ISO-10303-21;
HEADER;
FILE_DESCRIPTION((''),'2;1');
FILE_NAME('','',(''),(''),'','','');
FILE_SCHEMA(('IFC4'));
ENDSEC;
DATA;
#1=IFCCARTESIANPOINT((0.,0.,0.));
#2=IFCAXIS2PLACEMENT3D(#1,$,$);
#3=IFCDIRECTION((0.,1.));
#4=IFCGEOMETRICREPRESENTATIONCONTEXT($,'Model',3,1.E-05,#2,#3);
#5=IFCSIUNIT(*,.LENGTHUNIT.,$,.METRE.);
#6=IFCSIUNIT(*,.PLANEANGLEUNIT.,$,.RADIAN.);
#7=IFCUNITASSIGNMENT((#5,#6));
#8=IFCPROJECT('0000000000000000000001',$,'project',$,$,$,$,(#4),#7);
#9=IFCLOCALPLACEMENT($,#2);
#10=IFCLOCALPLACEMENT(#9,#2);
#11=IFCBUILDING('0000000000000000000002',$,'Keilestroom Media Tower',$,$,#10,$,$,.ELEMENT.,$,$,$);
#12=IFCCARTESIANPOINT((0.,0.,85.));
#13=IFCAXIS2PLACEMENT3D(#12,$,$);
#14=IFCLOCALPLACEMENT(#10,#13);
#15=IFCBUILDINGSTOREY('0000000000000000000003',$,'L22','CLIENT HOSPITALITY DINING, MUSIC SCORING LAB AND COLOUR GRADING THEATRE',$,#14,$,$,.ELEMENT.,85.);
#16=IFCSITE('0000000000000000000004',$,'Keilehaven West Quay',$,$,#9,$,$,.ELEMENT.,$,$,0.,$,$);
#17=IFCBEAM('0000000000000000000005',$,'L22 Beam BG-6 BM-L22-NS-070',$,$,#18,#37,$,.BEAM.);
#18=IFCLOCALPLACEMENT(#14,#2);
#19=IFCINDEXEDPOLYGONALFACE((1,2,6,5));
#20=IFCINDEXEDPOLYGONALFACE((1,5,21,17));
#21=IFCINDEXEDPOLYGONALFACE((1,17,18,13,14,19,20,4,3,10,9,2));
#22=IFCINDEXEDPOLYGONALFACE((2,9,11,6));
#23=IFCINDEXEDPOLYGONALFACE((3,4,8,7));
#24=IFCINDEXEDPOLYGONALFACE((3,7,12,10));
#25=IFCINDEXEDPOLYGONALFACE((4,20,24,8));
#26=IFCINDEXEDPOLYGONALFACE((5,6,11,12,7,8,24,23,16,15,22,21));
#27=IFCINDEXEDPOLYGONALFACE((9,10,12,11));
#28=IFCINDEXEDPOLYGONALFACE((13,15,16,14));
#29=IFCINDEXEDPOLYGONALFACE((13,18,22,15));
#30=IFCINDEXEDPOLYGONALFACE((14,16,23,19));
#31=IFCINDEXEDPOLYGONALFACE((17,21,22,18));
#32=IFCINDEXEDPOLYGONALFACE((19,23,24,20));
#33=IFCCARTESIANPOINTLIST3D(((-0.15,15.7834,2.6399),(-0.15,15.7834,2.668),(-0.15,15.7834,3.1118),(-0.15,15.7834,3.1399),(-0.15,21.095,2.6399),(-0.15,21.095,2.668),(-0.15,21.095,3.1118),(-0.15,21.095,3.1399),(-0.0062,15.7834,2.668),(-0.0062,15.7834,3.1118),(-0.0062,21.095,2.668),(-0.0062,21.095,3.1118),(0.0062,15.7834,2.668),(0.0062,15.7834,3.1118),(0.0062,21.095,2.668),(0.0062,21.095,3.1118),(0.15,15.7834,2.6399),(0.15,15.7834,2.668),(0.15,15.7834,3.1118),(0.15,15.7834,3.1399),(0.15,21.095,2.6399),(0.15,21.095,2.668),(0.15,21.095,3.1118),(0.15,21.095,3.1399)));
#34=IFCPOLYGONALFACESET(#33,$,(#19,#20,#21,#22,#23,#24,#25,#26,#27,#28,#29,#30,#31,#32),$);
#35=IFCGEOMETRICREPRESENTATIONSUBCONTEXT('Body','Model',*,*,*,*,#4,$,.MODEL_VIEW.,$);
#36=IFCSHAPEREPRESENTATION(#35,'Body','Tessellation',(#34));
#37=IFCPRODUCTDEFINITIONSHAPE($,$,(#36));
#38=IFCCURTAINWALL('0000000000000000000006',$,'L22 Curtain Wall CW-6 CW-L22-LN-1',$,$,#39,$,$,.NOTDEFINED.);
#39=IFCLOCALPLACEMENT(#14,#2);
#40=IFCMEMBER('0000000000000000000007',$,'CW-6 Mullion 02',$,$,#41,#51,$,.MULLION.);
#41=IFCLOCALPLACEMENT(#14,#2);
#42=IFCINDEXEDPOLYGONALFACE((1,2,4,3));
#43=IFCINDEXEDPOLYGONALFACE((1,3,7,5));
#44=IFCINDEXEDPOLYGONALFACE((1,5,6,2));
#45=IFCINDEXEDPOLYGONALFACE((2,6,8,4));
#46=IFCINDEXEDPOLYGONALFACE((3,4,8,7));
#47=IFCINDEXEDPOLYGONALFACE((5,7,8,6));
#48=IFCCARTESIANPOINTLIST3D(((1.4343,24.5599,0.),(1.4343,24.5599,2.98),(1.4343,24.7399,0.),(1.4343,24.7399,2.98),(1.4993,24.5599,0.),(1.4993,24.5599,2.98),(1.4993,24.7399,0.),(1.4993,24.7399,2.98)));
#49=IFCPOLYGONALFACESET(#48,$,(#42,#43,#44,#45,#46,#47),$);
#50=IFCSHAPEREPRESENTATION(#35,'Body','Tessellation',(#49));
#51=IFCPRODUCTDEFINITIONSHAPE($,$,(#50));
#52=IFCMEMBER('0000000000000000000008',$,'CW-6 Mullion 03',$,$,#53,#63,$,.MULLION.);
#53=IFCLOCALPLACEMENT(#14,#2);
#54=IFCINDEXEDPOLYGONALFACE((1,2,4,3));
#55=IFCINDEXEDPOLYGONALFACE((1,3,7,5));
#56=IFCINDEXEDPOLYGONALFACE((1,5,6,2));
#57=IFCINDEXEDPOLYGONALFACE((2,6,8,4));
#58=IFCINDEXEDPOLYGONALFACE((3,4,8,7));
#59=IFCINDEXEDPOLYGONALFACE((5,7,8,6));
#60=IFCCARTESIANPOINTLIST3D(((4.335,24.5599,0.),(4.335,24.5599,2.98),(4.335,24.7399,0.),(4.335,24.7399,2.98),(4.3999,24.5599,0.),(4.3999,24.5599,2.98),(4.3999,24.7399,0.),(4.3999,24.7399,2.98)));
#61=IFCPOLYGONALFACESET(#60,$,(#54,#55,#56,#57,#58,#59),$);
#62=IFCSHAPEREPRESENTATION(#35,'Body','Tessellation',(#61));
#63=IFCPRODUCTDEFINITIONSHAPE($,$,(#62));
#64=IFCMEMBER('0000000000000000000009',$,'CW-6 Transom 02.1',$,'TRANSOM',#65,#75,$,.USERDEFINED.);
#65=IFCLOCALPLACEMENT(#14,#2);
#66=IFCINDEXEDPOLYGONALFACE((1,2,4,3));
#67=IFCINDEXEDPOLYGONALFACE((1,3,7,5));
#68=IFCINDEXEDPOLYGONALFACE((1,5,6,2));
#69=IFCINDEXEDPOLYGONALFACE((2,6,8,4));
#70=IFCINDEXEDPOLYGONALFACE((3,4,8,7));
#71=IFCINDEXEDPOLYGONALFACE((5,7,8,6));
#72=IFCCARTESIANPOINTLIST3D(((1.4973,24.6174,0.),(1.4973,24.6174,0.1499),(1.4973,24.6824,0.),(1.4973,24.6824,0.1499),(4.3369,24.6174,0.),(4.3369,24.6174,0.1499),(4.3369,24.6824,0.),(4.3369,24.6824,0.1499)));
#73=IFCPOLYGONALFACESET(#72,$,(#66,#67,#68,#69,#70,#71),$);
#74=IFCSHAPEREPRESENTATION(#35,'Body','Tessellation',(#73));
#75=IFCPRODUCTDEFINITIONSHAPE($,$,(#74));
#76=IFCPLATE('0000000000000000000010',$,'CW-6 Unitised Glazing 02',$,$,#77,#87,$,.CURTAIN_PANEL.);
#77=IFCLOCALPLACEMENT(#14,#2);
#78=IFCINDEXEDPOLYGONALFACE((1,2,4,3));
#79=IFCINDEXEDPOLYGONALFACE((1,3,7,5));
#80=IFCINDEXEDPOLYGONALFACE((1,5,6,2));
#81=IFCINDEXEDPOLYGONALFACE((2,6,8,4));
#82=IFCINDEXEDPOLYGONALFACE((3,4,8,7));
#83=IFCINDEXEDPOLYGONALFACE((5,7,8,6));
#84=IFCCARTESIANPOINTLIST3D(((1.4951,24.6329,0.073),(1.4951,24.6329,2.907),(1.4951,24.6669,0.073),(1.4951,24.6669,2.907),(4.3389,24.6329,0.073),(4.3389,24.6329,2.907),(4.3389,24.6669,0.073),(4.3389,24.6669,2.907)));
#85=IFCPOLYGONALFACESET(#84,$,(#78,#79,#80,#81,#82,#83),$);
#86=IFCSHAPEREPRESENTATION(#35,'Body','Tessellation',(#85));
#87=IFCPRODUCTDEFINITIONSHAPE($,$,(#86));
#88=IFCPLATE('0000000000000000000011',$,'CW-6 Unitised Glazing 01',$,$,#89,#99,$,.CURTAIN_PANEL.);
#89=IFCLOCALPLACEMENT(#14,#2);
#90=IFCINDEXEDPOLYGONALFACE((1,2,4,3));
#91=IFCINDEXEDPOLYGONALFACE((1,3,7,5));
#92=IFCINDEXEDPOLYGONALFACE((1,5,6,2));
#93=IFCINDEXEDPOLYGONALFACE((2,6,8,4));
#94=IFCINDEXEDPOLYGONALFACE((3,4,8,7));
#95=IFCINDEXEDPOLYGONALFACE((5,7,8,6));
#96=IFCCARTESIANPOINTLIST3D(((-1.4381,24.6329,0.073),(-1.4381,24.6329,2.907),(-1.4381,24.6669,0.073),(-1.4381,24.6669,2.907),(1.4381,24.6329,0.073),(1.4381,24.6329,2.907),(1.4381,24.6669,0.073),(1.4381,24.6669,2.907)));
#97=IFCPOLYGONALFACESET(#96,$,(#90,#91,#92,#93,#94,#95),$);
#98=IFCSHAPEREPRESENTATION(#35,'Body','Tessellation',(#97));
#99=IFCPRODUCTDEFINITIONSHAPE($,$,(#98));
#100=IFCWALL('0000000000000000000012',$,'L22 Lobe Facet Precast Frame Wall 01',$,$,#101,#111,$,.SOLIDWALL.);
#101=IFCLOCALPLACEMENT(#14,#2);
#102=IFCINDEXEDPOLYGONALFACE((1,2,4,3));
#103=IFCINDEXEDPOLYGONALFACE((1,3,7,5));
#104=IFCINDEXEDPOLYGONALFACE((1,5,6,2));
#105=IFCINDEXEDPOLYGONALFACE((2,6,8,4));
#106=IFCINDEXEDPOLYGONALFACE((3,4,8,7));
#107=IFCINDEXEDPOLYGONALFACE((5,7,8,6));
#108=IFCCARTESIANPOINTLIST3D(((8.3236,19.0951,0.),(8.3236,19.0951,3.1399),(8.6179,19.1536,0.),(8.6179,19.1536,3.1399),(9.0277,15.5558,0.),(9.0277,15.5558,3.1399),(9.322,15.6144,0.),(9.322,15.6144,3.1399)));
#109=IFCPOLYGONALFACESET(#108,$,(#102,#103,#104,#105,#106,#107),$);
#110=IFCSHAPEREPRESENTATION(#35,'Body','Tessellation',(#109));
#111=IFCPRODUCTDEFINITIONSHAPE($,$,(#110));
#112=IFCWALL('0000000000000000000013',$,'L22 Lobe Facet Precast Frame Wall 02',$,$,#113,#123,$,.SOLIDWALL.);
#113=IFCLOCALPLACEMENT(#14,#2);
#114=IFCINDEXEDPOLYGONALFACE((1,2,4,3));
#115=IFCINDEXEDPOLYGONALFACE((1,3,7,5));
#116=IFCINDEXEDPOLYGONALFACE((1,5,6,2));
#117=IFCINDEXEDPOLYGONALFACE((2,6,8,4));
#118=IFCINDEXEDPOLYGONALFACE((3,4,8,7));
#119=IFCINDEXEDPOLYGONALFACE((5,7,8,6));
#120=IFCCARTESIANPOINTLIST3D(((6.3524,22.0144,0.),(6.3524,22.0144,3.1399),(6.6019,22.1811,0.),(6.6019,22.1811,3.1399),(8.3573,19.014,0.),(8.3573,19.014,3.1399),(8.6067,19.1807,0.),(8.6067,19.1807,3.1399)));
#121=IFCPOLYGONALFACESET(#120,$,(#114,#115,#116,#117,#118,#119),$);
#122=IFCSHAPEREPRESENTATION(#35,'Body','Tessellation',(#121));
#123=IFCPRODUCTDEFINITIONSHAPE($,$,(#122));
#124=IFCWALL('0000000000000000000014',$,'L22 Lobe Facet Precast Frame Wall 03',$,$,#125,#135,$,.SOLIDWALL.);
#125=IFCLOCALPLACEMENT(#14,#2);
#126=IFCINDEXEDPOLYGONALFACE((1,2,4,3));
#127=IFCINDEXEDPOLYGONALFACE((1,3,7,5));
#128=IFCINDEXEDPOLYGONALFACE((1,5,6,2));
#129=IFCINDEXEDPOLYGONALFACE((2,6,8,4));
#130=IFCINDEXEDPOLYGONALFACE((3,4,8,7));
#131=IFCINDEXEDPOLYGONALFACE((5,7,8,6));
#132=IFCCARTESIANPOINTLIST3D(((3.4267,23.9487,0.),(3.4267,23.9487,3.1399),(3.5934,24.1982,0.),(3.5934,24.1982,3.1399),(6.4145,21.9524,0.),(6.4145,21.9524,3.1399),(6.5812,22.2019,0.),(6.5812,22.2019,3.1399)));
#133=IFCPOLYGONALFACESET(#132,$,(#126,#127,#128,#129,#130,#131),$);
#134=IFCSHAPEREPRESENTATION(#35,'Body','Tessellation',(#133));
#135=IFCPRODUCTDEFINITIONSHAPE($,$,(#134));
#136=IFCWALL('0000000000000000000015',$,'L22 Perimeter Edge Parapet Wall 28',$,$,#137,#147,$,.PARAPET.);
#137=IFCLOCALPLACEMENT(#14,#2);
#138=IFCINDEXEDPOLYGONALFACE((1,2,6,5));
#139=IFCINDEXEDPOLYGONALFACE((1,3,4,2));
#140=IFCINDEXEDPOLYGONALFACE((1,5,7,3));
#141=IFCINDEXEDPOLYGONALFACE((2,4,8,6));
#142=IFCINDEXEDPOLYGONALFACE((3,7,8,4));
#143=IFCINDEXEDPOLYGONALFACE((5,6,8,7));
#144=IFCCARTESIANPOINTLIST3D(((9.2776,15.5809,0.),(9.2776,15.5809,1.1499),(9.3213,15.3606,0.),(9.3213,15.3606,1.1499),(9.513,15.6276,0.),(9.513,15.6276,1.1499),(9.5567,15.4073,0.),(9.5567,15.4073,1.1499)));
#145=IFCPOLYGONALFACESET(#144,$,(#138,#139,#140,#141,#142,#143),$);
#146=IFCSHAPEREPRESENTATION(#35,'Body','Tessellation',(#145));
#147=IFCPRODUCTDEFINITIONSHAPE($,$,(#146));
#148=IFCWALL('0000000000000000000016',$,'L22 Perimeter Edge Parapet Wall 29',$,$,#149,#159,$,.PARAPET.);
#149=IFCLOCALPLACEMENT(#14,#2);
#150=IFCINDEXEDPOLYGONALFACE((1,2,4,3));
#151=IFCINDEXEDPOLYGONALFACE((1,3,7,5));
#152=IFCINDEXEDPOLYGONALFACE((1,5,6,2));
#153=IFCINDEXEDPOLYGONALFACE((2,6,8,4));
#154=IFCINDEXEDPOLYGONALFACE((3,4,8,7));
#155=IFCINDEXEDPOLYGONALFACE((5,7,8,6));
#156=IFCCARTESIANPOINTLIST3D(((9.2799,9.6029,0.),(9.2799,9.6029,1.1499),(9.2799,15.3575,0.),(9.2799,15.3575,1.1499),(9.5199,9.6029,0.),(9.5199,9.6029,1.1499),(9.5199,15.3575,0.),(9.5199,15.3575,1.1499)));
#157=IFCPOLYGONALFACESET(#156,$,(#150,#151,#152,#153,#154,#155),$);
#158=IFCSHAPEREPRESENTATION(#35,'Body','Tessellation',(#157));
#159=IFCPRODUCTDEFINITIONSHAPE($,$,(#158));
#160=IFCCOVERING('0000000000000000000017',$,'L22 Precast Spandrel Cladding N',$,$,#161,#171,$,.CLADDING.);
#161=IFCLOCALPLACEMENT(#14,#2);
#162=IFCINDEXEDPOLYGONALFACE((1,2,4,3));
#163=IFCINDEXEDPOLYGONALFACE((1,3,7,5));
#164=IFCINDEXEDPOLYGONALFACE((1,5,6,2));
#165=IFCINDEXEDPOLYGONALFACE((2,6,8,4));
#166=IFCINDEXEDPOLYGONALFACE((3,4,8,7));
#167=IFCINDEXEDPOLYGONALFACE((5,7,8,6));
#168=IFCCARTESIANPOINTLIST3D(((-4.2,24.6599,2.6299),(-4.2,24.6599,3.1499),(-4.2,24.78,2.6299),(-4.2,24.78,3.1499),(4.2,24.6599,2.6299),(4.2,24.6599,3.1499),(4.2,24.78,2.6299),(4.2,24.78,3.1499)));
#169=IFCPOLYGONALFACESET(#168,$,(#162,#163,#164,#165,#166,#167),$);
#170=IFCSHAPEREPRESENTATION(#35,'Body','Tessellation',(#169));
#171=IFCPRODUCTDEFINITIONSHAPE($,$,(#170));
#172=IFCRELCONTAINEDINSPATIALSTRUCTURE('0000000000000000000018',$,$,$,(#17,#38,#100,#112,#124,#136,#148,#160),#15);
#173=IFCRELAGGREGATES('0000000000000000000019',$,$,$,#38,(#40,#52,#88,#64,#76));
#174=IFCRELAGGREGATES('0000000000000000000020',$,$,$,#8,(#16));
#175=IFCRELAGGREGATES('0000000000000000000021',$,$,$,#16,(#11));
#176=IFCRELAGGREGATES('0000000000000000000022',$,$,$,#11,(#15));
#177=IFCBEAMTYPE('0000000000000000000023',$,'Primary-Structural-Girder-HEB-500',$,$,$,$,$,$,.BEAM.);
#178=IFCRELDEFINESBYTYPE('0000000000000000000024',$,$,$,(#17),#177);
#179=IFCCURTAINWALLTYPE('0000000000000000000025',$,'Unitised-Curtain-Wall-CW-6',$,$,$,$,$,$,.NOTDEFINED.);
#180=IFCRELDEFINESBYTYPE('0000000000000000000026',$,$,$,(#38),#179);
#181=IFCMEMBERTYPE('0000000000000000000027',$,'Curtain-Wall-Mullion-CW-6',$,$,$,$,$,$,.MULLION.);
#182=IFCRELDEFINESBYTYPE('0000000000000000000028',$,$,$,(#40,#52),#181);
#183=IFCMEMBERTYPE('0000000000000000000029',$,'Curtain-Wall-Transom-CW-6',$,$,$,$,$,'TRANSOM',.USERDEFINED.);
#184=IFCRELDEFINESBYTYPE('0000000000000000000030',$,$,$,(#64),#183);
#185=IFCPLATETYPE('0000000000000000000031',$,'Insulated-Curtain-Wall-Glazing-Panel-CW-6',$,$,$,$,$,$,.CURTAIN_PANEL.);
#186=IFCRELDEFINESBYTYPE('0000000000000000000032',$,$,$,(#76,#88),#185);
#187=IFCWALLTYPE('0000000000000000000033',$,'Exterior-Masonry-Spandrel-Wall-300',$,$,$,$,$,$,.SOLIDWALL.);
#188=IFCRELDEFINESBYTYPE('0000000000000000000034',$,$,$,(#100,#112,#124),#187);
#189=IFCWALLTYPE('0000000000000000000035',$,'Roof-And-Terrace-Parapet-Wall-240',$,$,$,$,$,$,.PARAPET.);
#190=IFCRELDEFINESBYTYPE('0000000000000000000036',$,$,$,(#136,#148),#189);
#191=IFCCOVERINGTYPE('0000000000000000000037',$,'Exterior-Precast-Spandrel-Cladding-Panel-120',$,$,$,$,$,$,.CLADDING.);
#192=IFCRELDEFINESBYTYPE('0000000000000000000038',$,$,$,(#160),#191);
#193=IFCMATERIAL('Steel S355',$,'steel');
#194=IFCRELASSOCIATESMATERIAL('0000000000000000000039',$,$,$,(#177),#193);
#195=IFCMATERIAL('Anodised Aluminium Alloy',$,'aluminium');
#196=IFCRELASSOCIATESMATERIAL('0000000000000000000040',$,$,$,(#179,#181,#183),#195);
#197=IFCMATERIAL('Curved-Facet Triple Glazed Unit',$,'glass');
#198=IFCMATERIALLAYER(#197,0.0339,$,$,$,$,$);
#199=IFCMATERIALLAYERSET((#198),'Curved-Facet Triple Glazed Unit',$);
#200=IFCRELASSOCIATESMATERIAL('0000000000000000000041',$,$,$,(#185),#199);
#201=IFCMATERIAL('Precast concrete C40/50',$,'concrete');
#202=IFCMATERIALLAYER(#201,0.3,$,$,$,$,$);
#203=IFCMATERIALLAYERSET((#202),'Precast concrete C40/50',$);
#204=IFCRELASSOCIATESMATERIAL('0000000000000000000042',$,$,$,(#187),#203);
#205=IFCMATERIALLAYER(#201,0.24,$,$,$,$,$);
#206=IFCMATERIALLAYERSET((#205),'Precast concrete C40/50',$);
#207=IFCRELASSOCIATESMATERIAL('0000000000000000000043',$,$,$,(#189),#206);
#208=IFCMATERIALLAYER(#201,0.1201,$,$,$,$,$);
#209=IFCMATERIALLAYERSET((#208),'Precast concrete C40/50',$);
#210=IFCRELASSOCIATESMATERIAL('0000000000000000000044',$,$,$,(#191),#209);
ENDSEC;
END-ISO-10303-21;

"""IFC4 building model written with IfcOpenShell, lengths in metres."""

from ifc_helpers import new_model, si_unit, direction, frame, frame_2d, origin, origin_2d, place, context, subcontext, project, spatial, rectangle, i_section, extrude, source, transform, mapped, material, layer, layer_set, material_profile, profile_set, type_object, element, aggregate, save


model = new_model("IFC4")

# Units and contexts
model_context = context("Model", 3, precision=1e-05, world=origin(), true_north=direction((0.0, 1.0)))
body_context = subcontext(model_context, "Body", "Model", "MODEL_VIEW")
ifc_project = project(units=[si_unit("LENGTHUNIT", "METRE"), si_unit("PLANEANGLEUNIT", "RADIAN")], contexts=[model_context])

# Site, building, storey
site_placement = place(None, origin())
site = spatial("IfcSite", under=ifc_project, at=site_placement, Name="Keilehaven West Quay", CompositionType="ELEMENT", RefElevation=0.0)
building_placement = place(site_placement, origin())
building = spatial("IfcBuilding", under=site, at=building_placement, Name="Keilestroom Media Tower", CompositionType="ELEMENT")
storey_placement = place(building_placement, frame((0.0, 0.0, 85.0)))
storey = spatial("IfcBuildingStorey", under=building, at=storey_placement, Name="L22", Description="CLIENT HOSPITALITY DINING, MUSIC SCORING LAB AND COLOUR GRADING THEATRE", CompositionType="ELEMENT", Elevation=85.0)

# Beam
ifc_material_1 = material(Name="Steel S355", Category="steel")
ifc_material_profile_1 = material_profile(ifc_material_1, i_section(OverallWidth=0.3, OverallDepth=0.5, WebThickness=0.0125, FlangeThickness=0.0281, at=origin_2d()), Name="HEB 500")
ifc_profile_set_1 = profile_set([ifc_material_profile_1], Name="Steel S355")
beam_type_1 = type_object("IfcBeamType", Name="Primary-Structural-Girder-HEB-500", PredefinedType="BEAM", material=ifc_profile_set_1)
shared_shape_1 = source(origin(), body_context, "Body", "SweptSolid", [
    extrude(i_section(OverallWidth=0.3, OverallDepth=0.5, WebThickness=0.0125, FlangeThickness=0.0281, at=origin_2d()), origin(), (0.0, 0.0, 1.0), 5.3115),
])
beam_1_placement = place(storey_placement, frame((0.0, 15.7834, 2.8899), z_axis=(0.0, 1.0, 0.0), x_axis=(-1.0, 0.0, 0.0)))
element("IfcBeam", 1, at=beam_1_placement, inside=storey, type_object=beam_type_1, Name="L22 Beam BG-6 BM-L22-NS-070", PredefinedType="BEAM", context=body_context, shape_type="MappedRepresentation", body=[
    mapped(shared_shape_1, transform((0.0, 0.0, 0.0), x_axis=(1.0, 0.0, 0.0), y_axis=(0.0, 1.0, 0.0), z_axis=(0.0, 0.0, 1.0), scale=1.0)),
])

# Curtain wall, members, plates
ifc_material_2 = material(Name="Anodised Aluminium Alloy", Category="aluminium")
curtain_wall_type = type_object("IfcCurtainWallType", Name="Unitised-Curtain-Wall-CW-6", PredefinedType="NOTDEFINED", material=ifc_material_2)
curtain_wall_placement = place(storey_placement, origin())
curtain_wall = element("IfcCurtainWall", 2, at=curtain_wall_placement, inside=storey, type_object=curtain_wall_type, Name="L22 Curtain Wall CW-6 CW-L22-LN-1", PredefinedType="NOTDEFINED")
ifc_material_profile_2 = material_profile(ifc_material_2, rectangle(XDim=0.0649, YDim=0.1799, at=origin_2d()), Name="ALU MULLION 65x180")
ifc_profile_set_2 = profile_set([ifc_material_profile_2], Name="Anodised Aluminium Alloy")
member_type_1 = type_object("IfcMemberType", Name="Curtain-Wall-Mullion-CW-6", PredefinedType="MULLION", material=ifc_profile_set_2)
shared_shape_2 = source(origin(), body_context, "Body", "SweptSolid", [
    extrude(rectangle(XDim=0.0649, YDim=0.1799, at=origin_2d()), origin(), (0.0, 0.0, 1.0), 2.98),
])
member_1_placement = place(storey_placement, frame((1.4668, 24.6499, 0.0), z_axis=(0.0, 0.0, 1.0), x_axis=(1.0, 0.0, 0.0)))
member_1 = element("IfcMember", 3, at=member_1_placement, type_object=member_type_1, Name="CW-6 Mullion 02", PredefinedType="MULLION", context=body_context, shape_type="MappedRepresentation", body=[
    mapped(shared_shape_2, transform((0.0, 0.0, 0.0), x_axis=(1.0, 0.0, 0.0), y_axis=(0.0, 1.0, 0.0), z_axis=(0.0, 0.0, 1.0), scale=1.0)),
])
member_2_placement = place(storey_placement, frame((4.3674, 24.6499, 0.0), z_axis=(0.0, 0.0, 1.0), x_axis=(1.0, 0.0, 0.0)))
member_2 = element("IfcMember", 4, at=member_2_placement, type_object=member_type_1, Name="CW-6 Mullion 03", PredefinedType="MULLION", context=body_context, shape_type="MappedRepresentation", body=[
    mapped(shared_shape_2, transform((0.0, 0.0, 0.0), x_axis=(1.0, 0.0, 0.0), y_axis=(0.0, 1.0, 0.0), z_axis=(0.0, 0.0, 1.0), scale=1.0)),
])
ifc_material_profile_3 = material_profile(ifc_material_2, rectangle(XDim=0.0649, YDim=0.1499, at=origin_2d()), Name="ALU TRANSOM 65x150")
ifc_profile_set_3 = profile_set([ifc_material_profile_3], Name="Anodised Aluminium Alloy")
member_type_2 = type_object("IfcMemberType", Name="Curtain-Wall-Transom-CW-6", ElementType="TRANSOM", PredefinedType="USERDEFINED", material=ifc_profile_set_3)
shared_shape_3 = source(origin(), body_context, "Body", "SweptSolid", [
    extrude(rectangle(XDim=0.0649, YDim=0.1499, at=origin_2d()), origin(), (0.0, 0.0, 1.0), 2.8396),
])
member_3_placement = place(storey_placement, frame((1.4973, 24.6499, 0.075), z_axis=(1.0, 0.0, 0.0), x_axis=(0.0, 1.0, 0.0)))
member_3 = element("IfcMember", 5, at=member_3_placement, type_object=member_type_2, Name="CW-6 Transom 02.1", ObjectType="TRANSOM", PredefinedType="USERDEFINED", context=body_context, shape_type="MappedRepresentation", body=[
    mapped(shared_shape_3, transform((0.0, 0.0, 0.0), x_axis=(1.0, 0.0, 0.0), y_axis=(0.0, 1.0, 0.0), z_axis=(0.0, 0.0, 1.0), scale=1.0)),
])
ifc_material_3 = material(Name="Curved-Facet Triple Glazed Unit", Category="glass")
ifc_layer_1 = layer(ifc_material_3, 0.0339)
ifc_layer_set_1 = layer_set([ifc_layer_1], Name="Curved-Facet Triple Glazed Unit")
plate_type = type_object("IfcPlateType", Name="Insulated-Curtain-Wall-Glazing-Panel-CW-6", PredefinedType="CURTAIN_PANEL", material=ifc_layer_set_1)
shared_shape_4 = source(origin(), body_context, "Body", "SweptSolid", [
    extrude(rectangle(XDim=2.8438, YDim=0.0339, at=origin_2d()), origin(), (0.0, 0.0, 1.0), 2.834),
])
plate_1_placement = place(storey_placement, frame((2.917, 24.6499, 0.073), z_axis=(0.0, 0.0, 1.0), x_axis=(1.0, 0.0, 0.0)))
plate_1 = element("IfcPlate", 6, at=plate_1_placement, type_object=plate_type, Name="CW-6 Unitised Glazing 02", PredefinedType="CURTAIN_PANEL", context=body_context, shape_type="MappedRepresentation", body=[
    mapped(shared_shape_4, transform((0.0, 0.0, 0.0), x_axis=(1.0, 0.0, 0.0), y_axis=(0.0, 1.0, 0.0), z_axis=(0.0, 0.0, 1.0), scale=1.0)),
])
shared_shape_5 = source(origin(), body_context, "Body", "SweptSolid", [
    extrude(rectangle(XDim=2.8762, YDim=0.0339, at=origin_2d()), origin(), (0.0, 0.0, 1.0), 2.834),
])
plate_2_placement = place(storey_placement, frame((0.0, 24.6499, 0.073), z_axis=(0.0, 0.0, 1.0), x_axis=(1.0, 0.0, 0.0)))
plate_2 = element("IfcPlate", 7, at=plate_2_placement, type_object=plate_type, Name="CW-6 Unitised Glazing 01", PredefinedType="CURTAIN_PANEL", context=body_context, shape_type="MappedRepresentation", body=[
    mapped(shared_shape_5, transform((0.0, 0.0, 0.0), x_axis=(1.0, 0.0, 0.0), y_axis=(0.0, 1.0, 0.0), z_axis=(0.0, 0.0, 1.0), scale=1.0)),
])
aggregate(curtain_wall, [member_1, member_2, plate_2, member_3, plate_1])

# Walls
ifc_material_4 = material(Name="Precast concrete C40/50", Category="concrete")
ifc_layer_2 = layer(ifc_material_4, 0.3)
ifc_layer_set_2 = layer_set([ifc_layer_2], Name="Precast concrete C40/50")
wall_type_1 = type_object("IfcWallType", Name="Exterior-Masonry-Spandrel-Wall-300", PredefinedType="SOLIDWALL", material=ifc_layer_set_2)
for number, where, z_axis, x_axis, name in (
    (8, (9.1748, 15.5852, 0.0), (0.0, 0.0, 1.0), (-0.195114, 0.980781, 0.0), "L22 Lobe Facet Precast Frame Wall 01"),
    (9, (8.4819, 19.0974, 0.0), (0.0, 0.0, 1.0), (-0.555574, 0.831467, 0.0), "L22 Lobe Facet Precast Frame Wall 02"),
):
    element("IfcWall", number, at=place(storey_placement, frame(where, z_axis=z_axis, x_axis=x_axis)), inside=storey, type_object=wall_type_1, Name=name, PredefinedType="SOLIDWALL", context=body_context, shape_type="SweptSolid", body=[
        extrude(rectangle(XDim=3.6086, YDim=0.3, at=frame_2d((1.8042, 0.0))), origin(), (0.0, 0.0, 1.0), 3.1399),
    ])
wall_1_placement = place(storey_placement, frame((6.4978, 22.0771, 0.0), z_axis=(0.0, 0.0, 1.0), x_axis=(-0.831475, 0.555562, 0.0)))
element("IfcWall", 10, at=wall_1_placement, inside=storey, type_object=wall_type_1, Name="L22 Lobe Facet Precast Frame Wall 03", PredefinedType="SOLIDWALL", context=body_context, shape_type="SweptSolid", body=[
    extrude(rectangle(XDim=3.5933, YDim=0.3, at=frame_2d((1.7966, 0.0))), origin(), (0.0, 0.0, 1.0), 3.1399),
])
ifc_layer_3 = layer(ifc_material_4, 0.24)
ifc_layer_set_3 = layer_set([ifc_layer_3], Name="Precast concrete C40/50")
wall_type_2 = type_object("IfcWallType", Name="Roof-And-Terrace-Parapet-Wall-240", PredefinedType="PARAPET", material=ifc_layer_set_3)
wall_2_placement = place(storey_placement, frame((9.3953, 15.6042, 0.0), z_axis=(0.0, 0.0, 1.0), x_axis=(0.194652, -0.980872, 0.0)))
element("IfcWall", 11, at=wall_2_placement, inside=storey, type_object=wall_type_2, Name="L22 Perimeter Edge Parapet Wall 28", PredefinedType="PARAPET", context=body_context, shape_type="SweptSolid", body=[
    extrude(rectangle(XDim=0.2246, YDim=0.24, at=frame_2d((0.1123, 0.0))), origin(), (0.0, 0.0, 1.0), 1.1499),
])
wall_3_placement = place(storey_placement, frame((9.3999, 15.3577, 0.0), z_axis=(0.0, 0.0, 1.0), x_axis=(0.0, -1.0, 0.0)))
element("IfcWall", 12, at=wall_3_placement, inside=storey, type_object=wall_type_2, Name="L22 Perimeter Edge Parapet Wall 29", PredefinedType="PARAPET", context=body_context, shape_type="SweptSolid", body=[
    extrude(rectangle(XDim=5.7546, YDim=0.24, at=frame_2d((2.8774, 0.0))), origin(), (0.0, 0.0, 1.0), 1.1499),
])

# Covering
ifc_layer_4 = layer(ifc_material_4, 0.1201)
ifc_layer_set_4 = layer_set([ifc_layer_4], Name="Precast concrete C40/50")
covering_type = type_object("IfcCoveringType", Name="Exterior-Precast-Spandrel-Cladding-Panel-120", PredefinedType="CLADDING", material=ifc_layer_set_4)
shared_shape_6 = source(origin(), body_context, "Body", "SweptSolid", [
    extrude(rectangle(XDim=8.3999, YDim=0.1201, at=origin_2d()), origin(), (0.0, 0.0, 1.0), 0.52),
])
covering_1_placement = place(storey_placement, frame((0.0, 24.72, 2.6299), z_axis=(0.0, 0.0, 1.0), x_axis=(1.0, 0.0, 0.0)))
element("IfcCovering", 13, at=covering_1_placement, inside=storey, type_object=covering_type, Name="L22 Precast Spandrel Cladding N", PredefinedType="CLADDING", context=body_context, shape_type="MappedRepresentation", body=[
    mapped(shared_shape_6, transform((0.0, 0.0, 0.0), x_axis=(1.0, 0.0, 0.0), y_axis=(0.0, 1.0, 0.0), z_axis=(0.0, 0.0, 1.0), scale=1.0)),
])

save(model, "model.ifc")
